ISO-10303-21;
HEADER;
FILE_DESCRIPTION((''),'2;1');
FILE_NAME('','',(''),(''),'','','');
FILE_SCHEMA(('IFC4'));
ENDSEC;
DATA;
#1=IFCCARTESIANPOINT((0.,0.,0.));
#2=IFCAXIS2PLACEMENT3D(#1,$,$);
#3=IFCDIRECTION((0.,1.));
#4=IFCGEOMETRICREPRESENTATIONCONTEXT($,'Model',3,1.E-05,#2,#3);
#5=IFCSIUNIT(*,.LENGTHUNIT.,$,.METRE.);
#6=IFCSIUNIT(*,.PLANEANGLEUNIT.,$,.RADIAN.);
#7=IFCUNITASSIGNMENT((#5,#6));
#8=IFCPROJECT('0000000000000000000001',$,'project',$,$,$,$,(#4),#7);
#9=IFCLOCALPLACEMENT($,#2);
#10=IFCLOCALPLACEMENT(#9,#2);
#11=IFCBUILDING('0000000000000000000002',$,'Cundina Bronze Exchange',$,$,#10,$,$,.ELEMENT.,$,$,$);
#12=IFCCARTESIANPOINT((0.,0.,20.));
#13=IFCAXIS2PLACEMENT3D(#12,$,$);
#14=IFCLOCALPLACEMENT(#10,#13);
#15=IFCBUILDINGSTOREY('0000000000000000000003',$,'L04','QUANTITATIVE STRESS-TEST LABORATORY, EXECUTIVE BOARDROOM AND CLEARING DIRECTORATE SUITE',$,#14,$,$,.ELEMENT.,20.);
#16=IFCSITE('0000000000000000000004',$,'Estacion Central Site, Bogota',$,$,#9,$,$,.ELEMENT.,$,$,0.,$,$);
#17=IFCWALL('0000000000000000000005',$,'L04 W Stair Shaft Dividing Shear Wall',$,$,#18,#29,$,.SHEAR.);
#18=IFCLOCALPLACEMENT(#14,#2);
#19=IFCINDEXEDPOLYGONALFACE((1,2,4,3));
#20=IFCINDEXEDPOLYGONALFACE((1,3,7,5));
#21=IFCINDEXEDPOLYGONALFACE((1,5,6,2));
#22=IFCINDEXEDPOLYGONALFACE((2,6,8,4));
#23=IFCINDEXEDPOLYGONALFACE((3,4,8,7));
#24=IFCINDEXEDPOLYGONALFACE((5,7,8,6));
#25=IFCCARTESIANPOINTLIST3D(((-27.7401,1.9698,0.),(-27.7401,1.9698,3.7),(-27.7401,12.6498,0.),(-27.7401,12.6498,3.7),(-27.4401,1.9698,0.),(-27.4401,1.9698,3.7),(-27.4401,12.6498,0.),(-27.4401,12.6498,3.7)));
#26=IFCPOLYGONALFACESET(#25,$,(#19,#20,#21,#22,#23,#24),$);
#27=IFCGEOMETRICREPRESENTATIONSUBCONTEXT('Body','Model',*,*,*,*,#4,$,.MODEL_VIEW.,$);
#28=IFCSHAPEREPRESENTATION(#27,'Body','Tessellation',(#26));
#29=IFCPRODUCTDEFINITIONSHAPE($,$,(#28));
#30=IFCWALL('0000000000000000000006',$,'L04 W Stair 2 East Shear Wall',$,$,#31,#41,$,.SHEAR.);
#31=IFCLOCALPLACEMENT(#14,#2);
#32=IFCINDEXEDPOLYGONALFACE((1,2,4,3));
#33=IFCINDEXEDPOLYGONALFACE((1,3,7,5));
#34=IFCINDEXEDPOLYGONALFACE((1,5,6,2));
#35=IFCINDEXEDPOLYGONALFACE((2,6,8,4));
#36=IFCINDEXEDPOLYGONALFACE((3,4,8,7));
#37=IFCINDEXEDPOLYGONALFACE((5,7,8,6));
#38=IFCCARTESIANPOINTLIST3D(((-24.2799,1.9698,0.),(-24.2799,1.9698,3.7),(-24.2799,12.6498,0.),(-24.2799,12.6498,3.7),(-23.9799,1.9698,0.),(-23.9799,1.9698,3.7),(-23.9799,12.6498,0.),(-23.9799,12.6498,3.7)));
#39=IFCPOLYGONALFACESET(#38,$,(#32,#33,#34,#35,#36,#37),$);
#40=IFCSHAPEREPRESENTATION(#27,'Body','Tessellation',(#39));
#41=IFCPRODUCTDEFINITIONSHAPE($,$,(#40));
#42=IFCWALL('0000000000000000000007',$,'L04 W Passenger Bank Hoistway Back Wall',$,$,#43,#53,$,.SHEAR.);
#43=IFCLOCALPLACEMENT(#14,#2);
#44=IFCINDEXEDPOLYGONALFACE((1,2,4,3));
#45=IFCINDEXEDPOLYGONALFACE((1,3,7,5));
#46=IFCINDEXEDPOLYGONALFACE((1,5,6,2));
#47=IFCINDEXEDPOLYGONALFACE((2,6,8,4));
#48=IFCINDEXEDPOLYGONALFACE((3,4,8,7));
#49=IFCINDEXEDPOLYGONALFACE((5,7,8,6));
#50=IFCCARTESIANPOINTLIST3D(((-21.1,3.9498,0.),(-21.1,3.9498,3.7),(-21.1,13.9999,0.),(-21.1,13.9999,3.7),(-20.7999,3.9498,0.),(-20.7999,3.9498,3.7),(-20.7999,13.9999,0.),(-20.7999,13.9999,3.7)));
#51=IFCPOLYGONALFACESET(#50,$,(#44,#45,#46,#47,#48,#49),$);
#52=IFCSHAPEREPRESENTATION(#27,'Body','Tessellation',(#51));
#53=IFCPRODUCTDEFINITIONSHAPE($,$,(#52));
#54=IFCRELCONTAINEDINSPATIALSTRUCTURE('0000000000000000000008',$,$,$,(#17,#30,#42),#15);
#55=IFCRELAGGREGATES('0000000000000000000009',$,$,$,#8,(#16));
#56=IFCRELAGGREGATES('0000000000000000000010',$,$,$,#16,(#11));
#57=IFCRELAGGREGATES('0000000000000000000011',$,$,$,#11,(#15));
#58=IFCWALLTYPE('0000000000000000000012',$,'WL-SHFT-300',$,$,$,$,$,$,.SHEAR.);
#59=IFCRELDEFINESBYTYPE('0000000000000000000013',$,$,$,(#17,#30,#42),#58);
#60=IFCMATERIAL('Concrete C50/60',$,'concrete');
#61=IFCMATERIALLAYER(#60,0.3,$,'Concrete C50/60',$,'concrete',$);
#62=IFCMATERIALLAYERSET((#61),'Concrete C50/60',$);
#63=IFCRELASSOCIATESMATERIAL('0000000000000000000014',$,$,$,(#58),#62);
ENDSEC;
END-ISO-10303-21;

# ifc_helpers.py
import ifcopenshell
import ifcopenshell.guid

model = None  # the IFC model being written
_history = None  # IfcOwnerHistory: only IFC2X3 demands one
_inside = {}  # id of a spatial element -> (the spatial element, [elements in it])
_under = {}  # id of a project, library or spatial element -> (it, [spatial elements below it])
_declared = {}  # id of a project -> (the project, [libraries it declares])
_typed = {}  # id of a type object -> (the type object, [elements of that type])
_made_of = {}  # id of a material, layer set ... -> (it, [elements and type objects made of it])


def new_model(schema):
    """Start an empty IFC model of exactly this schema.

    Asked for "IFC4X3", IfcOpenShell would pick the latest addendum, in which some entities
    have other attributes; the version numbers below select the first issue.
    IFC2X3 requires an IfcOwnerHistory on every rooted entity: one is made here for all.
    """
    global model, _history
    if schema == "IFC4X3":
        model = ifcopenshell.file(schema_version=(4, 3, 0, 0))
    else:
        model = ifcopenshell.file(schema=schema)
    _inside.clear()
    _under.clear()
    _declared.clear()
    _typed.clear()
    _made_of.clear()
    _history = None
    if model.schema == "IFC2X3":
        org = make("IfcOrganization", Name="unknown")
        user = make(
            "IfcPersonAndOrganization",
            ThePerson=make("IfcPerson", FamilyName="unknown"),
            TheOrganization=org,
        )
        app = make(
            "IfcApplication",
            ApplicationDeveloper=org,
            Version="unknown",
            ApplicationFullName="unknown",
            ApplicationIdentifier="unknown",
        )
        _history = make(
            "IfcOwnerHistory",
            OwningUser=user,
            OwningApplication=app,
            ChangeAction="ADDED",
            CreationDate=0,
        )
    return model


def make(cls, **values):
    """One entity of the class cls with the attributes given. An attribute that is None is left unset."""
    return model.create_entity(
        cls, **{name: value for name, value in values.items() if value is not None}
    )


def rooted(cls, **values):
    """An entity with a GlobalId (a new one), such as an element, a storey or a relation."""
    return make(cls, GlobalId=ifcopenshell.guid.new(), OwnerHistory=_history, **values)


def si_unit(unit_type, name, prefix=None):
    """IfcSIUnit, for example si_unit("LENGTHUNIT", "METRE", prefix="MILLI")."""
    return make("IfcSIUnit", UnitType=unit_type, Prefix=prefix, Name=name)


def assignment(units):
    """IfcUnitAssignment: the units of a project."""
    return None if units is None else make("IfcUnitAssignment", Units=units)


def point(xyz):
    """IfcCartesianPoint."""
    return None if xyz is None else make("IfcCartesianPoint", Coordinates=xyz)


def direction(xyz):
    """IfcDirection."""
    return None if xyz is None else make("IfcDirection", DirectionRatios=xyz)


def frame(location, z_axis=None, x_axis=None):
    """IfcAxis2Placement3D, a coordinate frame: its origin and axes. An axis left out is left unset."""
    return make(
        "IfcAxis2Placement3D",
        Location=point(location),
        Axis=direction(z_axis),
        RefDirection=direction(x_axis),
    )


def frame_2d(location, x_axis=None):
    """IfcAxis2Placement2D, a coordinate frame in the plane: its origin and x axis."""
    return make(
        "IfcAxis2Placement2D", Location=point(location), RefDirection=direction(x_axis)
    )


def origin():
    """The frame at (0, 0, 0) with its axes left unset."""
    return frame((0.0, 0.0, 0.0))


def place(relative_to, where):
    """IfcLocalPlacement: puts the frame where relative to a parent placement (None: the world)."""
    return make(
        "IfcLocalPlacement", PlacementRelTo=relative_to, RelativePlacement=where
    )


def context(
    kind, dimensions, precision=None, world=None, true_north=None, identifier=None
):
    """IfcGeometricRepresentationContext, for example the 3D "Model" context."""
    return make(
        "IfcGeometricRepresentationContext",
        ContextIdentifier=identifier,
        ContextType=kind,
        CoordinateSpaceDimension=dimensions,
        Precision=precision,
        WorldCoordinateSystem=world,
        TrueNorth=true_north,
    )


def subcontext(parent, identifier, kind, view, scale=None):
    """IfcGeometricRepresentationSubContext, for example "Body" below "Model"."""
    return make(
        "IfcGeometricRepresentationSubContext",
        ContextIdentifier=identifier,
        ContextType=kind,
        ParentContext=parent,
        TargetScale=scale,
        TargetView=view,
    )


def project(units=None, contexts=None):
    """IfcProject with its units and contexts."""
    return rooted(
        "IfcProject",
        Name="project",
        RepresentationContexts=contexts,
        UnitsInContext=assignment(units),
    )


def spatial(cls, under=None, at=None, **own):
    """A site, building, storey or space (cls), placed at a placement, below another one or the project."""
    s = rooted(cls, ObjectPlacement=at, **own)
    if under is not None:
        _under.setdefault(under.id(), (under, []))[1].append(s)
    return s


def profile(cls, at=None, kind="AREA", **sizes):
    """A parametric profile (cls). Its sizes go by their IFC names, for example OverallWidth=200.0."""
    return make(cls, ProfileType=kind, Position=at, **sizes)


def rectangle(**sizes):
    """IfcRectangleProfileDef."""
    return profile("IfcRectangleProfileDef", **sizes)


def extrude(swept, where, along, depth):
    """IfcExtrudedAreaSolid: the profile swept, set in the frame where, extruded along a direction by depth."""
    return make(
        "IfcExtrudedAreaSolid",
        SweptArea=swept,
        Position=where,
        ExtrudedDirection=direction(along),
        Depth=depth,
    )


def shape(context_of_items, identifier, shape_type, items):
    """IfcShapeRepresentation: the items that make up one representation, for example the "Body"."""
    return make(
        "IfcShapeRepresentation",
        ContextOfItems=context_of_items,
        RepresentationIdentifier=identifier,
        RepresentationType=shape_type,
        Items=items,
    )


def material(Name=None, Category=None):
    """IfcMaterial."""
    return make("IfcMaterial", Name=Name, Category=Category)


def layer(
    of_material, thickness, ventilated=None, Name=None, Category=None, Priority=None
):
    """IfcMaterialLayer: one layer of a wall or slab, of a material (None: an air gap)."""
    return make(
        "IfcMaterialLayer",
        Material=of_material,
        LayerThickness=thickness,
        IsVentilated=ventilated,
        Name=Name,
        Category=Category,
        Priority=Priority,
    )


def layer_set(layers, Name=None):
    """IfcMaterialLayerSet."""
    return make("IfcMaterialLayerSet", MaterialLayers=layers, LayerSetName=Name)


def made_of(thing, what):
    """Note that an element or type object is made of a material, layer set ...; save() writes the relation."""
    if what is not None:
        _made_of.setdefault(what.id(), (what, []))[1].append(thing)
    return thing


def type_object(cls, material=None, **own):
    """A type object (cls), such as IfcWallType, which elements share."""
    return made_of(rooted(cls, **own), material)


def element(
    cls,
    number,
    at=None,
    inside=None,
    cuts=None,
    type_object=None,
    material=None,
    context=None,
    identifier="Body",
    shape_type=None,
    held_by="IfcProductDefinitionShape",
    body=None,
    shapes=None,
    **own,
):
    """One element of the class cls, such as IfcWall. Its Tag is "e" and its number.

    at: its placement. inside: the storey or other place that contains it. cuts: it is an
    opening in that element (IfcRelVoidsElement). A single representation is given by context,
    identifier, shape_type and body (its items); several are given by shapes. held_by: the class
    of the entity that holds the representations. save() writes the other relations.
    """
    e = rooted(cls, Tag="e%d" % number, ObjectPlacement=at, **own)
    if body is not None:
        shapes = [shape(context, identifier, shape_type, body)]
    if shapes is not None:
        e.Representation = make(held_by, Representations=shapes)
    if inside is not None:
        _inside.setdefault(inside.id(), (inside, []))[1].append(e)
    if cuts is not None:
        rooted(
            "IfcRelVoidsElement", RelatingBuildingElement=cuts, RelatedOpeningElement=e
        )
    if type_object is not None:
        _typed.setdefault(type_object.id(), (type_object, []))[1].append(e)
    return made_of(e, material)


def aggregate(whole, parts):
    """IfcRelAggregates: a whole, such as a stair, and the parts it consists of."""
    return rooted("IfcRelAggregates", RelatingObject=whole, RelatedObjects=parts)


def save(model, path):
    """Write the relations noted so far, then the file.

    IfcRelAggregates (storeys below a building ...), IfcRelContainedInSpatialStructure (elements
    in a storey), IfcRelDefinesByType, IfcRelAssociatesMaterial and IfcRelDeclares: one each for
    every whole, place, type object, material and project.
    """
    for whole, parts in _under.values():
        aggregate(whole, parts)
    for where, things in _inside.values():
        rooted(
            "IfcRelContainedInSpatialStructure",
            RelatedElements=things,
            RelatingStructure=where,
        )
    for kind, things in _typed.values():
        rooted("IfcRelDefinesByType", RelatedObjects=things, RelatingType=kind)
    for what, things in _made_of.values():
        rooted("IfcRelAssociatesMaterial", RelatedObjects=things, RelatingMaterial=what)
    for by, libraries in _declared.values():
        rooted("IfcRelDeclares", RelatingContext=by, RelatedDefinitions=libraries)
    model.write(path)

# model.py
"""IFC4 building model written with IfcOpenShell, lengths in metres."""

from ifc_helpers import new_model, si_unit, direction, frame, frame_2d, origin, place, context, subcontext, project, spatial, rectangle, extrude, material, layer, layer_set, type_object, element, save


model = new_model("IFC4")

# Units and contexts
model_context = context("Model", 3, precision=1e-05, world=origin(), true_north=direction((0.0, 1.0)))
body_context = subcontext(model_context, "Body", "Model", "MODEL_VIEW")
ifc_project = project(units=[si_unit("LENGTHUNIT", "METRE"), si_unit("PLANEANGLEUNIT", "RADIAN")], contexts=[model_context])

# Site, building, storey
site_placement = place(None, origin())
site = spatial("IfcSite", under=ifc_project, at=site_placement, Name="Estacion Central Site, Bogota", CompositionType="ELEMENT", RefElevation=0.0)
building_placement = place(site_placement, origin())
building = spatial("IfcBuilding", under=site, at=building_placement, Name="Cundina Bronze Exchange", CompositionType="ELEMENT")
storey_placement = place(building_placement, frame((0.0, 0.0, 20.0)))
storey = spatial("IfcBuildingStorey", under=building, at=storey_placement, Name="L04", Description="QUANTITATIVE STRESS-TEST LABORATORY, EXECUTIVE BOARDROOM AND CLEARING DIRECTORATE SUITE", CompositionType="ELEMENT", Elevation=20.0)

# Shared definitions
ifc_material_1 = material(Name="Concrete C50/60", Category="concrete")

# Walls
ifc_layer_1 = layer(ifc_material_1, 0.3, Name="Concrete C50/60", Category="concrete")
ifc_layer_set_1 = layer_set([ifc_layer_1], Name="Concrete C50/60")
wall_type_1 = type_object("IfcWallType", Name="WL-SHFT-300", PredefinedType="SHEAR", material=ifc_layer_set_1)
for number, where, z_axis, x_axis, name in (
    (1, (-27.5901, 1.97, 0.0), (0.0, 0.0, 1.0), (0.0, 1.0, 0.0), "L04 W Stair Shaft Dividing Shear Wall"),
    (2, (-24.1299, 1.97, 0.0), (0.0, 0.0, 1.0), (0.0, 1.0, 0.0), "L04 W Stair 2 East Shear Wall"),
):
    element("IfcWall", number, at=place(storey_placement, frame(where, z_axis=z_axis, x_axis=x_axis)), inside=storey, type_object=wall_type_1, Name=name, PredefinedType="SHEAR", context=body_context, shape_type="SweptSolid", body=[
        extrude(rectangle(XDim=10.6799, YDim=0.3, at=frame_2d((5.3398, 0.0))), origin(), (0.0, 0.0, 1.0), 3.7),
    ])
wall_1_placement = place(storey_placement, frame((-20.95, 3.95, 0.0), z_axis=(0.0, 0.0, 1.0), x_axis=(0.0, 1.0, 0.0)))
element("IfcWall", 3, at=wall_1_placement, inside=storey, type_object=wall_type_1, Name="L04 W Passenger Bank Hoistway Back Wall", PredefinedType="SHEAR", context=body_context, shape_type="SweptSolid", body=[
    extrude(rectangle(XDim=10.05, YDim=0.3, at=frame_2d((5.0249, 0.0))), origin(), (0.0, 0.0, 1.0), 3.7),
])

save(model, "model.ifc")
